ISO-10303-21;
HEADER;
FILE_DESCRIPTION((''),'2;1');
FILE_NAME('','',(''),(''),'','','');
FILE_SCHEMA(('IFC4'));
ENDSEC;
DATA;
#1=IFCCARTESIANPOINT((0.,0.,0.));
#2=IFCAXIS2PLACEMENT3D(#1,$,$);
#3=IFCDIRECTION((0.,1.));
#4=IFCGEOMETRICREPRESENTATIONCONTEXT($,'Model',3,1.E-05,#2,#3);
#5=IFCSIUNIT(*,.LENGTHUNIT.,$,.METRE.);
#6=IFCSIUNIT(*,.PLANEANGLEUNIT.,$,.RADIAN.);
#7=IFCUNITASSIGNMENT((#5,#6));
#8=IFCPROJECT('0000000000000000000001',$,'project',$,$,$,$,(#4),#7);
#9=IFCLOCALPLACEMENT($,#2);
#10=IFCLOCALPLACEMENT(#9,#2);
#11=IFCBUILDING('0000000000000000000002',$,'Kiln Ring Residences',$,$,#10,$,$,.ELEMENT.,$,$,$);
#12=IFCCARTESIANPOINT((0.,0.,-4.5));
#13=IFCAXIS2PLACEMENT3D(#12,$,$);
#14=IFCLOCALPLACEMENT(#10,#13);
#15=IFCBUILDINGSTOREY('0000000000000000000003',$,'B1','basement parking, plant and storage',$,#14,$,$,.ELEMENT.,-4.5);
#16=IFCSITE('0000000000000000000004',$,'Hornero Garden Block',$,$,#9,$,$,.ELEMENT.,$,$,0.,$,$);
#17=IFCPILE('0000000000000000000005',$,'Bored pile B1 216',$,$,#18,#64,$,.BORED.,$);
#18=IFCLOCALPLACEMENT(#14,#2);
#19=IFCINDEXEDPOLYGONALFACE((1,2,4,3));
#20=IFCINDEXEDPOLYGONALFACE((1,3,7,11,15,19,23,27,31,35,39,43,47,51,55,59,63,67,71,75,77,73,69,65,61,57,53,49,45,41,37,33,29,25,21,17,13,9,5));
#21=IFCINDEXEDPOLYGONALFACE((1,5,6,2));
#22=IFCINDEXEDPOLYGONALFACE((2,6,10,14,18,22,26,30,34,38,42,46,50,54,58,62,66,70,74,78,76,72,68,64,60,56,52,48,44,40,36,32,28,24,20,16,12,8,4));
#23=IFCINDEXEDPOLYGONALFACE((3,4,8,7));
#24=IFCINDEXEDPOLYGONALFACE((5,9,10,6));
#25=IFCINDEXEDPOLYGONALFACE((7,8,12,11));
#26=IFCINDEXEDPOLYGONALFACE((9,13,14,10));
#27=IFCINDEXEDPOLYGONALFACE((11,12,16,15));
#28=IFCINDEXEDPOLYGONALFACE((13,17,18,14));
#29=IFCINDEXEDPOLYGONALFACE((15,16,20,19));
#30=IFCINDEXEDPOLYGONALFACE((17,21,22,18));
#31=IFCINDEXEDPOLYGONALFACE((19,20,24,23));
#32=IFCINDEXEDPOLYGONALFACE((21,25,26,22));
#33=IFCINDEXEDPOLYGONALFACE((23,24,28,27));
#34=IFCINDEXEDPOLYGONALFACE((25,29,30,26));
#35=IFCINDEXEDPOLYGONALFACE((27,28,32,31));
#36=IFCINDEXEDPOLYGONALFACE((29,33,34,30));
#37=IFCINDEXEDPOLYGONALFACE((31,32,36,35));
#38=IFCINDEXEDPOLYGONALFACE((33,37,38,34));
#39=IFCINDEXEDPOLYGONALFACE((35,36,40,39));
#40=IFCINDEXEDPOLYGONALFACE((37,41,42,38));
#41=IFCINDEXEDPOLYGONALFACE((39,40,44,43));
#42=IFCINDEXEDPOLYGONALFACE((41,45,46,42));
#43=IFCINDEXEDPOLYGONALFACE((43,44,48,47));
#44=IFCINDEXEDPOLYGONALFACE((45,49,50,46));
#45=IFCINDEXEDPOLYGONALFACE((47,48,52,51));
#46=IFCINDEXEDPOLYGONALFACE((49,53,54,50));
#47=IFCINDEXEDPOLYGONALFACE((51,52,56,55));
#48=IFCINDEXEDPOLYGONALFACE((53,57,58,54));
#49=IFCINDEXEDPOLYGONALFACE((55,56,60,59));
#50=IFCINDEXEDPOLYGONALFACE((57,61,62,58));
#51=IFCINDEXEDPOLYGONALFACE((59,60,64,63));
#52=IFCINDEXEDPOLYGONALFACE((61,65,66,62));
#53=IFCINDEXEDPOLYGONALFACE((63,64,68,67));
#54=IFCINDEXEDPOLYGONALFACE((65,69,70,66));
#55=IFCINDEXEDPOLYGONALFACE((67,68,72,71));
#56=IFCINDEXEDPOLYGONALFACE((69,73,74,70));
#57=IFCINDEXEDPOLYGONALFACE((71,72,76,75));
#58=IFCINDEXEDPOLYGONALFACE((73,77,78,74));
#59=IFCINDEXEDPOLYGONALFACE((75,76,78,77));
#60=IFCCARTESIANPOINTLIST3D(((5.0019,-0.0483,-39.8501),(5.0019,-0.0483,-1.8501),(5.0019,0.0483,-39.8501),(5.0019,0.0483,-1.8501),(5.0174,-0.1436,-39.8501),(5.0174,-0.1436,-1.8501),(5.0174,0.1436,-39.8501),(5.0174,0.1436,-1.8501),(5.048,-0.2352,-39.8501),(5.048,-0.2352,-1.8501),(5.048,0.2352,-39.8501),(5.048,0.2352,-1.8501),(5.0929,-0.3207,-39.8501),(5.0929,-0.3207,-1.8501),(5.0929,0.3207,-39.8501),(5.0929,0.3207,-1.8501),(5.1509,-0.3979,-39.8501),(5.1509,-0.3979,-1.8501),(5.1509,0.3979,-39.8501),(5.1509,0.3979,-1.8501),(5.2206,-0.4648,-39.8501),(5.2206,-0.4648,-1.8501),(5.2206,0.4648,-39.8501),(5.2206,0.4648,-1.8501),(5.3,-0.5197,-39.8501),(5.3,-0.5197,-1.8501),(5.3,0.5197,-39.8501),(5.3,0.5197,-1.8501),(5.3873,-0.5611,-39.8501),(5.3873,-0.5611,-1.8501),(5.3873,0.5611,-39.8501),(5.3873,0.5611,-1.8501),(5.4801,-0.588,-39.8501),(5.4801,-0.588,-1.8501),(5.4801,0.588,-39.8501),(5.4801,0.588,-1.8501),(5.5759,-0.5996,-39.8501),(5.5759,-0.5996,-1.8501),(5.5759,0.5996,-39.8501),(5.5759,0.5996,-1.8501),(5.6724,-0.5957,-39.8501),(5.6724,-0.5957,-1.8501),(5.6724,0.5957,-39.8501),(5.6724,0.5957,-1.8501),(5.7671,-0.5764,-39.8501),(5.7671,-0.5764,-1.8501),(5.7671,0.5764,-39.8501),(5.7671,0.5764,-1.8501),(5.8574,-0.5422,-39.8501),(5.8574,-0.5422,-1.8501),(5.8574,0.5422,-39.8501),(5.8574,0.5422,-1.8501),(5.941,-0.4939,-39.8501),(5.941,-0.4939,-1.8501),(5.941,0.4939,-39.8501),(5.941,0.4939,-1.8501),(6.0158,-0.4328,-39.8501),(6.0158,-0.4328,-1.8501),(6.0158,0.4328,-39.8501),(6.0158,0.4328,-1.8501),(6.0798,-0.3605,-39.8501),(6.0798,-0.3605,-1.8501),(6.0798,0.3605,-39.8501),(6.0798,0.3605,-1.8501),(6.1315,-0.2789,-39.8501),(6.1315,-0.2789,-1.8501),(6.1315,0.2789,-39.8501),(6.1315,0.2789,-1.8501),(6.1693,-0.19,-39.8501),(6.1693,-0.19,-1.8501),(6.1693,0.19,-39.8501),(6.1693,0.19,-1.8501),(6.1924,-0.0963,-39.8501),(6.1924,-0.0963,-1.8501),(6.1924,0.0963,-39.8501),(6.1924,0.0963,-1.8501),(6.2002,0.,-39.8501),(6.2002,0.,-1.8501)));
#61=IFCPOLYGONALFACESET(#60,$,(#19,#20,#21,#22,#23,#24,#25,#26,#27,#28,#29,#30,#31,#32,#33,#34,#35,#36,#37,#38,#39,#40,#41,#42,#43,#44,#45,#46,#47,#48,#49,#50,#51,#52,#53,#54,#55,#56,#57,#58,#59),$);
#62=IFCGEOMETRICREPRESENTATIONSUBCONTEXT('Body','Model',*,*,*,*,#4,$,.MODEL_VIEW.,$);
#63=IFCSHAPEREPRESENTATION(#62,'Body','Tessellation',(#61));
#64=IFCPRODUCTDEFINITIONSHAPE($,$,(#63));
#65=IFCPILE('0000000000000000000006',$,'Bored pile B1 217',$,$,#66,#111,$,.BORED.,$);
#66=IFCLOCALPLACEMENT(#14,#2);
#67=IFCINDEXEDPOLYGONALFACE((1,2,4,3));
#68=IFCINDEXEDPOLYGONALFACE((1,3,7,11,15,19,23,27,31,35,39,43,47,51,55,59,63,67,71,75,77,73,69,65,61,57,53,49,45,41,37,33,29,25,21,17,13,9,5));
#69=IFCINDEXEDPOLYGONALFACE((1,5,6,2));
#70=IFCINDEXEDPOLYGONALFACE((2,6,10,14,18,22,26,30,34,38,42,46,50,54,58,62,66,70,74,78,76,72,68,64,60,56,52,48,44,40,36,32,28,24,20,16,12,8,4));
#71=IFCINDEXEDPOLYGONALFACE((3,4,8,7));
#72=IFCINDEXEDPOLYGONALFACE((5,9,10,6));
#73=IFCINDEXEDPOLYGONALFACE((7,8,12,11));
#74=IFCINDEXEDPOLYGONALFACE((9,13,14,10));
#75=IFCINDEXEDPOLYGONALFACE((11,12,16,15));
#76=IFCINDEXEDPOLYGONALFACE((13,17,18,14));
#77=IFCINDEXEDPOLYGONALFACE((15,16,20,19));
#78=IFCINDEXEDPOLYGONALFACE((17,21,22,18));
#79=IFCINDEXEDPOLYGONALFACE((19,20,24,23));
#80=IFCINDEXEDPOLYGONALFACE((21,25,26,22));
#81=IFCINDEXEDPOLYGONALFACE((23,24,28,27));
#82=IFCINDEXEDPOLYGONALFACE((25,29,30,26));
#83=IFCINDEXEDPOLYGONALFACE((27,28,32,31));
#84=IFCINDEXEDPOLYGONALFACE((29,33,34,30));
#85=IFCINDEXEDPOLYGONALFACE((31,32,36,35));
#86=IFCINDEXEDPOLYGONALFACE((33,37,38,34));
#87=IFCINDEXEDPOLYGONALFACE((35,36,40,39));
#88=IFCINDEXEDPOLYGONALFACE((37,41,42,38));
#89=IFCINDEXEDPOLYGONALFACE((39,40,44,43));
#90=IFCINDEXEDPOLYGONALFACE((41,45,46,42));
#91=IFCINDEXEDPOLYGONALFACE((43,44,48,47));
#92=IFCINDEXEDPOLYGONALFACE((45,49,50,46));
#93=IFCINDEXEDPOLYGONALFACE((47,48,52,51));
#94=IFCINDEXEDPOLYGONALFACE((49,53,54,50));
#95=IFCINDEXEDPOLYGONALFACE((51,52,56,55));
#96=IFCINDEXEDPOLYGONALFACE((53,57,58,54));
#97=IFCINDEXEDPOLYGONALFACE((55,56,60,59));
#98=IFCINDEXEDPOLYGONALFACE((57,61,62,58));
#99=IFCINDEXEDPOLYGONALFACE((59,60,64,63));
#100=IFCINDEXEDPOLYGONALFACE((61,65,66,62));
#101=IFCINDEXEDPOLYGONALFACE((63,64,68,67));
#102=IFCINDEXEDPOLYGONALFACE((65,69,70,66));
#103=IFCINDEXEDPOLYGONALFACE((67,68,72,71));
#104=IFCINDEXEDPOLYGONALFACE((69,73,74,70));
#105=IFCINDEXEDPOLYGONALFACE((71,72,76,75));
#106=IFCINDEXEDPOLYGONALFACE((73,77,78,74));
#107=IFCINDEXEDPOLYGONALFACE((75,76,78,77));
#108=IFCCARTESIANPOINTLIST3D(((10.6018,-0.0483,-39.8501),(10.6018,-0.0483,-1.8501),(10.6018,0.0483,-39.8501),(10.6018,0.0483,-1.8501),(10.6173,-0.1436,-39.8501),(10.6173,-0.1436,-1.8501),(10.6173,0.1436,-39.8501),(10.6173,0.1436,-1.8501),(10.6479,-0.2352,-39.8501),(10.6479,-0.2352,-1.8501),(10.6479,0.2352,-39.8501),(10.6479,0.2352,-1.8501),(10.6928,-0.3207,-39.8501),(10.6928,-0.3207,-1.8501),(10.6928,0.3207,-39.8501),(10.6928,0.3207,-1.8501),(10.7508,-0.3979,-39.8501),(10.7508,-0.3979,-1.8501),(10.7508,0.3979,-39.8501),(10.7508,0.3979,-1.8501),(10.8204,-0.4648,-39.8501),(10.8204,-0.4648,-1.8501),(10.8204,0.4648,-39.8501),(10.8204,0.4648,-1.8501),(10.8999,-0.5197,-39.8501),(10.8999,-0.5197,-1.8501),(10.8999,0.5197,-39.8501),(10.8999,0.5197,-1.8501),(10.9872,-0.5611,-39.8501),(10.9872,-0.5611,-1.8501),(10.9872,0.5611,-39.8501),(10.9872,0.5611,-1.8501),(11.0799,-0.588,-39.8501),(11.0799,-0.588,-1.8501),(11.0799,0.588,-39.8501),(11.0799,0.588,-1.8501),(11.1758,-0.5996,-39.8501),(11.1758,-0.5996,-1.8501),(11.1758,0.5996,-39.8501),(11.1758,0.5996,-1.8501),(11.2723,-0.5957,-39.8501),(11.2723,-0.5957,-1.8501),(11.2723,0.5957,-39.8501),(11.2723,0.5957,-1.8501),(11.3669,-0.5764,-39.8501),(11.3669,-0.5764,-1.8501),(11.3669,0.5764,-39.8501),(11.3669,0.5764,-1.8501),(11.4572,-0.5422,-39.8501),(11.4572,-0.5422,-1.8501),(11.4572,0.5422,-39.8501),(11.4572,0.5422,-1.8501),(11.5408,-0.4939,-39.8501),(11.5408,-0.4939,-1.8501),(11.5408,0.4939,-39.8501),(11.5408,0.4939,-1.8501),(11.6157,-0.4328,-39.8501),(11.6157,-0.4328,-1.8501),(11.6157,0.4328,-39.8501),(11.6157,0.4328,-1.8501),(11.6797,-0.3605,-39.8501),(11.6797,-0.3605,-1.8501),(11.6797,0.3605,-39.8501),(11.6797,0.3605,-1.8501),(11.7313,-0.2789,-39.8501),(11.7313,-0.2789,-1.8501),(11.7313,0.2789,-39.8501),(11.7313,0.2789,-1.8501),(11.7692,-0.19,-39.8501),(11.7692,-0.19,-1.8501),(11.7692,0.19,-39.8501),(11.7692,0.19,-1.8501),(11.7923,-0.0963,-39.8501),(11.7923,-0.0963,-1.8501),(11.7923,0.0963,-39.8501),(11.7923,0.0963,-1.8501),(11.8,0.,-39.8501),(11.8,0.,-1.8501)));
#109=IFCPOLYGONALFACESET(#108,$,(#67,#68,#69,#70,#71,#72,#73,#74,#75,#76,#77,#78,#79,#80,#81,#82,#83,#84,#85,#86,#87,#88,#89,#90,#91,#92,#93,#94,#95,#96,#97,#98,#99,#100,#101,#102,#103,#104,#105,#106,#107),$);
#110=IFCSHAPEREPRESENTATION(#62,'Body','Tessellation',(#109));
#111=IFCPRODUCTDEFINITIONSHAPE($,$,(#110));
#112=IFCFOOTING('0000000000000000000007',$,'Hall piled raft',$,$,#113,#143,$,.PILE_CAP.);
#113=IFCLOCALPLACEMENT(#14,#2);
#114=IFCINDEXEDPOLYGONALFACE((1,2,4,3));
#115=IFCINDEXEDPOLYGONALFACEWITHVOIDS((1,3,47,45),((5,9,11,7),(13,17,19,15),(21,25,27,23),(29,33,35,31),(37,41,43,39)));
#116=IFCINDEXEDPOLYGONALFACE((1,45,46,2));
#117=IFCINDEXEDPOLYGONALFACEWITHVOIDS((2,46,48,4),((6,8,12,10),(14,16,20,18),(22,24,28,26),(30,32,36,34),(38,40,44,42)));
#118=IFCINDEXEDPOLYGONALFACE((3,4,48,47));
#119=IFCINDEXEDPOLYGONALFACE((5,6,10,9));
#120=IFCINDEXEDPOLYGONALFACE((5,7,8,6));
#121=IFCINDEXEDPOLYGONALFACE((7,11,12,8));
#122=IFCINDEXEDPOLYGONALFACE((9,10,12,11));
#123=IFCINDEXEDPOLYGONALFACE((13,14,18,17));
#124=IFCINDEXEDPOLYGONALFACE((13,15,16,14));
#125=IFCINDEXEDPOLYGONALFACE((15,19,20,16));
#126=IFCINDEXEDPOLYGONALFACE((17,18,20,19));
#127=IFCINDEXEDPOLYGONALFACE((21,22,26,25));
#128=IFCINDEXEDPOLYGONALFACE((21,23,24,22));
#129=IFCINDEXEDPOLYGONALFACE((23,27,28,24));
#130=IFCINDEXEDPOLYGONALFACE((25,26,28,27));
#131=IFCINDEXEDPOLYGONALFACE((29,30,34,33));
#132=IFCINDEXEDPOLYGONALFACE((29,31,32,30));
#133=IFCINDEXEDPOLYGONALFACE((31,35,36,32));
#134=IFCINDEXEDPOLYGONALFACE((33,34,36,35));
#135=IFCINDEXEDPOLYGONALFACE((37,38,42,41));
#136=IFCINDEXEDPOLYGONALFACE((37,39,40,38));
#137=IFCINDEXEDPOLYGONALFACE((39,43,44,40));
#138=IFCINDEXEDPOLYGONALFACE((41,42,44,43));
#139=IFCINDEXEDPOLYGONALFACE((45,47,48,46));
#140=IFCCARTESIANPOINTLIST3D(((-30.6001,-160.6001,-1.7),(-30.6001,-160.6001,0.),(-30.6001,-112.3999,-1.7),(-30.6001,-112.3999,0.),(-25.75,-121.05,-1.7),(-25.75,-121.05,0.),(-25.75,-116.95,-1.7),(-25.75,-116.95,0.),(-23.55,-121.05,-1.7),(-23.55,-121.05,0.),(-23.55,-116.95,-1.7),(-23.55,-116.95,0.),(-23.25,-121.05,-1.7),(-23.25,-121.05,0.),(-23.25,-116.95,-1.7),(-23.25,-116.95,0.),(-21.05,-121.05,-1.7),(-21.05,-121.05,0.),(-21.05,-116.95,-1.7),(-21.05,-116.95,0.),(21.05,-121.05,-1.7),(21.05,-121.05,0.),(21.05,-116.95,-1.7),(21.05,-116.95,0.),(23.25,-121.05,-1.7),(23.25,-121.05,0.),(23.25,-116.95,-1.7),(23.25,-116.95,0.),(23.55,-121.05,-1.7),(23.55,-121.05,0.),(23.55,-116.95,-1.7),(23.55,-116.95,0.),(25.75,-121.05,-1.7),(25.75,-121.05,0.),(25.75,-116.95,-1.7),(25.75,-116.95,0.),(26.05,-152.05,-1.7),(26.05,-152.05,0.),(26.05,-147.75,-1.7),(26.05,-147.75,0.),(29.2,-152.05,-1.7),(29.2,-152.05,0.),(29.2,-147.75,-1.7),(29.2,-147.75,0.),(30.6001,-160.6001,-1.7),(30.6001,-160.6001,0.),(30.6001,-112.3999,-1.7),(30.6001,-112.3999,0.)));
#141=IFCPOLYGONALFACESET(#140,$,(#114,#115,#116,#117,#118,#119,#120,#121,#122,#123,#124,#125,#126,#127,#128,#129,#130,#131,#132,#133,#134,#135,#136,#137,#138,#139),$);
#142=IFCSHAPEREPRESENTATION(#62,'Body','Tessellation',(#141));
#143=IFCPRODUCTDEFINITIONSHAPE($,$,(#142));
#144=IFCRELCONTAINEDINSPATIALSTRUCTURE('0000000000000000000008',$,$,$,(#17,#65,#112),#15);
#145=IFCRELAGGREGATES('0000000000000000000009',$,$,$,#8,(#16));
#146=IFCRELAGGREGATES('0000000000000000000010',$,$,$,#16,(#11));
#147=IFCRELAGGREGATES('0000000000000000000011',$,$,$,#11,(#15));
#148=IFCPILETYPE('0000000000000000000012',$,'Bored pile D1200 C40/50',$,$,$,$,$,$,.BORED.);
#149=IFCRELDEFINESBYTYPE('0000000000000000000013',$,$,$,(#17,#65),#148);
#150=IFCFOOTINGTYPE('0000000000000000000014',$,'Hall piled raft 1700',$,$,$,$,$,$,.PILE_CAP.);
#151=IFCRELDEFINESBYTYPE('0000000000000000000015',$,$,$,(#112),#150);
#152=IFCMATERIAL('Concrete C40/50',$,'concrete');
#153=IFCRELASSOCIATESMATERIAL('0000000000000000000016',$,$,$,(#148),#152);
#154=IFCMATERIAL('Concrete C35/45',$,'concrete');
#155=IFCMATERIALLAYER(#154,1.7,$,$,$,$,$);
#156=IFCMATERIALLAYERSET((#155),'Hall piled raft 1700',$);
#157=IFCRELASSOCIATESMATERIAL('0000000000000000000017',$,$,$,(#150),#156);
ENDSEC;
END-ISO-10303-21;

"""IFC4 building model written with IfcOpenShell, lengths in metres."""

from ifc_helpers import new_model, si_unit, direction, frame, origin, origin_2d, place, context, subcontext, project, spatial, polyline, circle, outline, extrude, material, layer, layer_set, material_profile, profile_set, type_object, element, save


model = new_model("IFC4")

# Units and contexts
model_context = context("Model", 3, precision=1e-05, world=origin(), true_north=direction((0.0, 1.0)))
body_context = subcontext(model_context, "Body", "Model", "MODEL_VIEW")
ifc_project = project(units=[si_unit("LENGTHUNIT", "METRE"), si_unit("PLANEANGLEUNIT", "RADIAN")], contexts=[model_context])

# Site, building, storey
site_placement = place(None, origin())
site = spatial("IfcSite", under=ifc_project, at=site_placement, Name="Hornero Garden Block", CompositionType="ELEMENT", RefElevation=0.0)
building_placement = place(site_placement, origin())
building = spatial("IfcBuilding", under=site, at=building_placement, Name="Kiln Ring Residences", CompositionType="ELEMENT")
storey_placement = place(building_placement, frame((0.0, 0.0, -4.5)))
storey = spatial("IfcBuildingStorey", under=building, at=storey_placement, Name="B1", Description="basement parking, plant and storage", CompositionType="ELEMENT", Elevation=-4.5)

# Piles
ifc_material_1 = material(Name="Concrete C40/50", Category="concrete")
ifc_material_profile_1 = material_profile(ifc_material_1, circle(Radius=0.6001, at=origin_2d()), Name="BORED1200")
ifc_profile_set_1 = profile_set([ifc_material_profile_1], Name="Concrete C40/50")
pile_type = type_object("IfcPileType", Name="Bored pile D1200 C40/50", PredefinedType="BORED", material=ifc_profile_set_1)
for number, where, z_axis, x_axis, name in (
    (1, (5.6001, 0.0, -1.8501), (0.0, 0.0, -1.0), (1.0, 0.0, 0.0), "Bored pile B1 216"),
    (2, (11.2, 0.0, -1.8501), (0.0, 0.0, -1.0), (1.0, 0.0, 0.0), "Bored pile B1 217"),
):
    element("IfcPile", number, at=place(storey_placement, frame(where, z_axis=z_axis, x_axis=x_axis)), inside=storey, type_object=pile_type, Name=name, PredefinedType="BORED", context=body_context, shape_type="SweptSolid", body=[
        extrude(circle(Radius=0.6001, at=origin_2d()), origin(), (0.0, 0.0, 1.0), 38.0),
    ])

# Footing
ifc_material_2 = material(Name="Concrete C35/45", Category="concrete")
ifc_layer_1 = layer(ifc_material_2, 1.7)
ifc_layer_set_1 = layer_set([ifc_layer_1], Name="Hall piled raft 1700")
footing_type_1 = type_object("IfcFootingType", Name="Hall piled raft 1700", PredefinedType="PILE_CAP", material=ifc_layer_set_1)
placement_1 = place(storey_placement, frame((0.0, 0.0, -1.7)))
element("IfcFooting", 3, at=placement_1, inside=storey, type_object=footing_type_1, Name="Hall piled raft", PredefinedType="PILE_CAP", context=body_context, shape_type="SweptSolid", body=[
    extrude(outline(polyline([(30.6001, -160.6001), (30.6001, -112.3999), (-30.6001, -112.3999), (-30.6001, -160.6001), (30.6001, -160.6001)]), holes=[polyline([(-23.55, -116.95), (-25.75, -116.95), (-25.75, -121.05), (-23.55, -121.05), (-23.55, -116.95)]), polyline([(-21.05, -121.05), (-21.05, -116.95), (-23.25, -116.95), (-23.25, -121.05), (-21.05, -121.05)]), polyline([(21.05, -116.95), (21.05, -121.05), (23.25, -121.05), (23.25, -116.95), (21.05, -116.95)]), polyline([(23.55, -121.05), (25.75, -121.05), (25.75, -116.95), (23.55, -116.95), (23.55, -121.05)]), polyline([(26.05, -152.05), (29.2, -152.05), (29.2, -147.75), (26.05, -147.75), (26.05, -152.05)])]), origin(), (0.0, 0.0, 1.0), 1.7),
])

save(model, "model.ifc")
